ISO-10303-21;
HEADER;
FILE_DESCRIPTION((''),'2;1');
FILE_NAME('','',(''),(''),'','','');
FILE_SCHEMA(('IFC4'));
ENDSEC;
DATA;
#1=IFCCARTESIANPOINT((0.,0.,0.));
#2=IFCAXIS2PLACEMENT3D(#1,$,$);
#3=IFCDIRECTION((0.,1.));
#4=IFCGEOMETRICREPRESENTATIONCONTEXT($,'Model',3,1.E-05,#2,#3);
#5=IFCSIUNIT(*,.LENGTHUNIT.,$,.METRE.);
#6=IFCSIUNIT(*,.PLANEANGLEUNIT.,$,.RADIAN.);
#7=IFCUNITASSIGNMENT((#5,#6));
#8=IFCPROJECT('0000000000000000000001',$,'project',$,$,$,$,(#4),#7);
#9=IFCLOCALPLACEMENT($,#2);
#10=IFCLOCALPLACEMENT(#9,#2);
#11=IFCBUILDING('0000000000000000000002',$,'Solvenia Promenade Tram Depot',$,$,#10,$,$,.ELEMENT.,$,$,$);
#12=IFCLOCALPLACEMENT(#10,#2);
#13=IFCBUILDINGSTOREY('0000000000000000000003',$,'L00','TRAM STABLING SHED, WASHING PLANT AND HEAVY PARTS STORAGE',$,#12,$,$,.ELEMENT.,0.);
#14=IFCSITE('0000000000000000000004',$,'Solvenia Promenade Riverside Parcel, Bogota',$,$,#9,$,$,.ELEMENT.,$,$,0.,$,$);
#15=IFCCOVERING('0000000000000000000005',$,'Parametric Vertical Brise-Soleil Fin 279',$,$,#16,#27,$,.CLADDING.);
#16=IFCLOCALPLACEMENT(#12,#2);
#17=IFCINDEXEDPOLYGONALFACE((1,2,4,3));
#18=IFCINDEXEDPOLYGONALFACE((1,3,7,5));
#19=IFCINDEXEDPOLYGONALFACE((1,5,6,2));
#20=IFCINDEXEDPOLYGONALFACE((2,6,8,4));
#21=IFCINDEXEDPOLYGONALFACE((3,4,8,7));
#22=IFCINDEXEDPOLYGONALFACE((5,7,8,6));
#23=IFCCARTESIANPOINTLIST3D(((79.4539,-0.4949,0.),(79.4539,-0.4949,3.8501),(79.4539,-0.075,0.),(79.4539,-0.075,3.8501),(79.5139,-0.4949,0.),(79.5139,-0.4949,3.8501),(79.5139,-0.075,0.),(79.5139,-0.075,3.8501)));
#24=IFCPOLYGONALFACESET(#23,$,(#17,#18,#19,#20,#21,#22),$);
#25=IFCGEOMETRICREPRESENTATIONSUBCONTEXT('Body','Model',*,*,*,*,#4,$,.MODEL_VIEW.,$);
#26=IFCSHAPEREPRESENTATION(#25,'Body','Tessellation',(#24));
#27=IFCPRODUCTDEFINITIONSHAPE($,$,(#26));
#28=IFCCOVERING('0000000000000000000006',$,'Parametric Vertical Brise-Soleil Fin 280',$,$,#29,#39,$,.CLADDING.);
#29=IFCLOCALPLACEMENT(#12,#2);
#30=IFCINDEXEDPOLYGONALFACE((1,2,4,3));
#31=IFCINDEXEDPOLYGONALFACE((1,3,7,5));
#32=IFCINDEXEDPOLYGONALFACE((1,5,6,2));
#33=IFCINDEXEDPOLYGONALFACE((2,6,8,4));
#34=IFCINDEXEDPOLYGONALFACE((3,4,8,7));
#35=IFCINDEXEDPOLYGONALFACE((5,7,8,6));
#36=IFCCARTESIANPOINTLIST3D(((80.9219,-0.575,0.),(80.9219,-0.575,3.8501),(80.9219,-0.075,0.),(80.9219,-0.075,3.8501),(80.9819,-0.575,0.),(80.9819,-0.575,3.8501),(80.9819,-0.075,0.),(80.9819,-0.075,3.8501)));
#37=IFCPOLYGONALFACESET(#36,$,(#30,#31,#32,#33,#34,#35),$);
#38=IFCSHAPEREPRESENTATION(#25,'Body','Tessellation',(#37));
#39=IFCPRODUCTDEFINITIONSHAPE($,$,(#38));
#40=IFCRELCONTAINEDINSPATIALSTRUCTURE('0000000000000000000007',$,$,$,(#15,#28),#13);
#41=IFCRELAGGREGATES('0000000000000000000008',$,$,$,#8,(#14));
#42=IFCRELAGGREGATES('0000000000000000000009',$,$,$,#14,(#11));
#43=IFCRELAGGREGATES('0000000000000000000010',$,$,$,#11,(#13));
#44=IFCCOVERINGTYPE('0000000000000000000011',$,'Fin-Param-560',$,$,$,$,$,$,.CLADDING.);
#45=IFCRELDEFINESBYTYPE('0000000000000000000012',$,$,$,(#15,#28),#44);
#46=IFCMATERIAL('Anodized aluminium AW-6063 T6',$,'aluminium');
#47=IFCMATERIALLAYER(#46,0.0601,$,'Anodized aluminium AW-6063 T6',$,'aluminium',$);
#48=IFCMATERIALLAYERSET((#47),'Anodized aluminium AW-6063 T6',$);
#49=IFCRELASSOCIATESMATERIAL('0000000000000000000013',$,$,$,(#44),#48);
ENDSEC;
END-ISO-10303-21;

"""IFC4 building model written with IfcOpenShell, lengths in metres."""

from ifc_helpers import new_model, si_unit, direction, frame, origin, origin_2d, place, context, subcontext, project, spatial, rectangle, extrude, material, layer, layer_set, type_object, element, save


model = new_model("IFC4")

# Units and contexts
model_context = context("Model", 3, precision=1e-05, world=origin(), true_north=direction((0.0, 1.0)))
body_context = subcontext(model_context, "Body", "Model", "MODEL_VIEW")
ifc_project = project(units=[si_unit("LENGTHUNIT", "METRE"), si_unit("PLANEANGLEUNIT", "RADIAN")], contexts=[model_context])

# Site, building, storey
site_placement = place(None, origin())
site = spatial("IfcSite", under=ifc_project, at=site_placement, Name="Solvenia Promenade Riverside Parcel, Bogota", CompositionType="ELEMENT", RefElevation=0.0)
building_placement = place(site_placement, origin())
building = spatial("IfcBuilding", under=site, at=building_placement, Name="Solvenia Promenade Tram Depot", CompositionType="ELEMENT")
storey_placement = place(building_placement, origin())
storey = spatial("IfcBuildingStorey", under=building, at=storey_placement, Name="L00", Description="TRAM STABLING SHED, WASHING PLANT AND HEAVY PARTS STORAGE", CompositionType="ELEMENT", Elevation=0.0)

# Shared definitions
ifc_material_1 = material(Name="Anodized aluminium AW-6063 T6", Category="aluminium")

# Coverings
ifc_layer_1 = layer(ifc_material_1, 0.0601, Name="Anodized aluminium AW-6063 T6", Category="aluminium")
ifc_layer_set_1 = layer_set([ifc_layer_1], Name="Anodized aluminium AW-6063 T6")
covering_type = type_object("IfcCoveringType", Name="Fin-Param-560", PredefinedType="CLADDING", material=ifc_layer_set_1)
covering_1_placement = place(storey_placement, frame((79.4839, -0.2849, 0.0), z_axis=(0.0, 0.0, 1.0), x_axis=(1.0, 0.0, 0.0)))
element("IfcCovering", 1, at=covering_1_placement, inside=storey, type_object=covering_type, Name="Parametric Vertical Brise-Soleil Fin 279", PredefinedType="CLADDING", context=body_context, shape_type="SweptSolid", body=[
    extrude(rectangle(XDim=0.0601, YDim=0.4199, at=origin_2d()), origin(), (0.0, 0.0, 1.0), 3.8501),
])
covering_2_placement = place(storey_placement, frame((80.9519, -0.325, 0.0), z_axis=(0.0, 0.0, 1.0), x_axis=(1.0, 0.0, 0.0)))
element("IfcCovering", 2, at=covering_2_placement, inside=storey, type_object=covering_type, Name="Parametric Vertical Brise-Soleil Fin 280", PredefinedType="CLADDING", context=body_context, shape_type="SweptSolid", body=[
    extrude(rectangle(XDim=0.0601, YDim=0.5, at=origin_2d()), origin(), (0.0, 0.0, 1.0), 3.8501),
])

save(model, "model.ifc")
